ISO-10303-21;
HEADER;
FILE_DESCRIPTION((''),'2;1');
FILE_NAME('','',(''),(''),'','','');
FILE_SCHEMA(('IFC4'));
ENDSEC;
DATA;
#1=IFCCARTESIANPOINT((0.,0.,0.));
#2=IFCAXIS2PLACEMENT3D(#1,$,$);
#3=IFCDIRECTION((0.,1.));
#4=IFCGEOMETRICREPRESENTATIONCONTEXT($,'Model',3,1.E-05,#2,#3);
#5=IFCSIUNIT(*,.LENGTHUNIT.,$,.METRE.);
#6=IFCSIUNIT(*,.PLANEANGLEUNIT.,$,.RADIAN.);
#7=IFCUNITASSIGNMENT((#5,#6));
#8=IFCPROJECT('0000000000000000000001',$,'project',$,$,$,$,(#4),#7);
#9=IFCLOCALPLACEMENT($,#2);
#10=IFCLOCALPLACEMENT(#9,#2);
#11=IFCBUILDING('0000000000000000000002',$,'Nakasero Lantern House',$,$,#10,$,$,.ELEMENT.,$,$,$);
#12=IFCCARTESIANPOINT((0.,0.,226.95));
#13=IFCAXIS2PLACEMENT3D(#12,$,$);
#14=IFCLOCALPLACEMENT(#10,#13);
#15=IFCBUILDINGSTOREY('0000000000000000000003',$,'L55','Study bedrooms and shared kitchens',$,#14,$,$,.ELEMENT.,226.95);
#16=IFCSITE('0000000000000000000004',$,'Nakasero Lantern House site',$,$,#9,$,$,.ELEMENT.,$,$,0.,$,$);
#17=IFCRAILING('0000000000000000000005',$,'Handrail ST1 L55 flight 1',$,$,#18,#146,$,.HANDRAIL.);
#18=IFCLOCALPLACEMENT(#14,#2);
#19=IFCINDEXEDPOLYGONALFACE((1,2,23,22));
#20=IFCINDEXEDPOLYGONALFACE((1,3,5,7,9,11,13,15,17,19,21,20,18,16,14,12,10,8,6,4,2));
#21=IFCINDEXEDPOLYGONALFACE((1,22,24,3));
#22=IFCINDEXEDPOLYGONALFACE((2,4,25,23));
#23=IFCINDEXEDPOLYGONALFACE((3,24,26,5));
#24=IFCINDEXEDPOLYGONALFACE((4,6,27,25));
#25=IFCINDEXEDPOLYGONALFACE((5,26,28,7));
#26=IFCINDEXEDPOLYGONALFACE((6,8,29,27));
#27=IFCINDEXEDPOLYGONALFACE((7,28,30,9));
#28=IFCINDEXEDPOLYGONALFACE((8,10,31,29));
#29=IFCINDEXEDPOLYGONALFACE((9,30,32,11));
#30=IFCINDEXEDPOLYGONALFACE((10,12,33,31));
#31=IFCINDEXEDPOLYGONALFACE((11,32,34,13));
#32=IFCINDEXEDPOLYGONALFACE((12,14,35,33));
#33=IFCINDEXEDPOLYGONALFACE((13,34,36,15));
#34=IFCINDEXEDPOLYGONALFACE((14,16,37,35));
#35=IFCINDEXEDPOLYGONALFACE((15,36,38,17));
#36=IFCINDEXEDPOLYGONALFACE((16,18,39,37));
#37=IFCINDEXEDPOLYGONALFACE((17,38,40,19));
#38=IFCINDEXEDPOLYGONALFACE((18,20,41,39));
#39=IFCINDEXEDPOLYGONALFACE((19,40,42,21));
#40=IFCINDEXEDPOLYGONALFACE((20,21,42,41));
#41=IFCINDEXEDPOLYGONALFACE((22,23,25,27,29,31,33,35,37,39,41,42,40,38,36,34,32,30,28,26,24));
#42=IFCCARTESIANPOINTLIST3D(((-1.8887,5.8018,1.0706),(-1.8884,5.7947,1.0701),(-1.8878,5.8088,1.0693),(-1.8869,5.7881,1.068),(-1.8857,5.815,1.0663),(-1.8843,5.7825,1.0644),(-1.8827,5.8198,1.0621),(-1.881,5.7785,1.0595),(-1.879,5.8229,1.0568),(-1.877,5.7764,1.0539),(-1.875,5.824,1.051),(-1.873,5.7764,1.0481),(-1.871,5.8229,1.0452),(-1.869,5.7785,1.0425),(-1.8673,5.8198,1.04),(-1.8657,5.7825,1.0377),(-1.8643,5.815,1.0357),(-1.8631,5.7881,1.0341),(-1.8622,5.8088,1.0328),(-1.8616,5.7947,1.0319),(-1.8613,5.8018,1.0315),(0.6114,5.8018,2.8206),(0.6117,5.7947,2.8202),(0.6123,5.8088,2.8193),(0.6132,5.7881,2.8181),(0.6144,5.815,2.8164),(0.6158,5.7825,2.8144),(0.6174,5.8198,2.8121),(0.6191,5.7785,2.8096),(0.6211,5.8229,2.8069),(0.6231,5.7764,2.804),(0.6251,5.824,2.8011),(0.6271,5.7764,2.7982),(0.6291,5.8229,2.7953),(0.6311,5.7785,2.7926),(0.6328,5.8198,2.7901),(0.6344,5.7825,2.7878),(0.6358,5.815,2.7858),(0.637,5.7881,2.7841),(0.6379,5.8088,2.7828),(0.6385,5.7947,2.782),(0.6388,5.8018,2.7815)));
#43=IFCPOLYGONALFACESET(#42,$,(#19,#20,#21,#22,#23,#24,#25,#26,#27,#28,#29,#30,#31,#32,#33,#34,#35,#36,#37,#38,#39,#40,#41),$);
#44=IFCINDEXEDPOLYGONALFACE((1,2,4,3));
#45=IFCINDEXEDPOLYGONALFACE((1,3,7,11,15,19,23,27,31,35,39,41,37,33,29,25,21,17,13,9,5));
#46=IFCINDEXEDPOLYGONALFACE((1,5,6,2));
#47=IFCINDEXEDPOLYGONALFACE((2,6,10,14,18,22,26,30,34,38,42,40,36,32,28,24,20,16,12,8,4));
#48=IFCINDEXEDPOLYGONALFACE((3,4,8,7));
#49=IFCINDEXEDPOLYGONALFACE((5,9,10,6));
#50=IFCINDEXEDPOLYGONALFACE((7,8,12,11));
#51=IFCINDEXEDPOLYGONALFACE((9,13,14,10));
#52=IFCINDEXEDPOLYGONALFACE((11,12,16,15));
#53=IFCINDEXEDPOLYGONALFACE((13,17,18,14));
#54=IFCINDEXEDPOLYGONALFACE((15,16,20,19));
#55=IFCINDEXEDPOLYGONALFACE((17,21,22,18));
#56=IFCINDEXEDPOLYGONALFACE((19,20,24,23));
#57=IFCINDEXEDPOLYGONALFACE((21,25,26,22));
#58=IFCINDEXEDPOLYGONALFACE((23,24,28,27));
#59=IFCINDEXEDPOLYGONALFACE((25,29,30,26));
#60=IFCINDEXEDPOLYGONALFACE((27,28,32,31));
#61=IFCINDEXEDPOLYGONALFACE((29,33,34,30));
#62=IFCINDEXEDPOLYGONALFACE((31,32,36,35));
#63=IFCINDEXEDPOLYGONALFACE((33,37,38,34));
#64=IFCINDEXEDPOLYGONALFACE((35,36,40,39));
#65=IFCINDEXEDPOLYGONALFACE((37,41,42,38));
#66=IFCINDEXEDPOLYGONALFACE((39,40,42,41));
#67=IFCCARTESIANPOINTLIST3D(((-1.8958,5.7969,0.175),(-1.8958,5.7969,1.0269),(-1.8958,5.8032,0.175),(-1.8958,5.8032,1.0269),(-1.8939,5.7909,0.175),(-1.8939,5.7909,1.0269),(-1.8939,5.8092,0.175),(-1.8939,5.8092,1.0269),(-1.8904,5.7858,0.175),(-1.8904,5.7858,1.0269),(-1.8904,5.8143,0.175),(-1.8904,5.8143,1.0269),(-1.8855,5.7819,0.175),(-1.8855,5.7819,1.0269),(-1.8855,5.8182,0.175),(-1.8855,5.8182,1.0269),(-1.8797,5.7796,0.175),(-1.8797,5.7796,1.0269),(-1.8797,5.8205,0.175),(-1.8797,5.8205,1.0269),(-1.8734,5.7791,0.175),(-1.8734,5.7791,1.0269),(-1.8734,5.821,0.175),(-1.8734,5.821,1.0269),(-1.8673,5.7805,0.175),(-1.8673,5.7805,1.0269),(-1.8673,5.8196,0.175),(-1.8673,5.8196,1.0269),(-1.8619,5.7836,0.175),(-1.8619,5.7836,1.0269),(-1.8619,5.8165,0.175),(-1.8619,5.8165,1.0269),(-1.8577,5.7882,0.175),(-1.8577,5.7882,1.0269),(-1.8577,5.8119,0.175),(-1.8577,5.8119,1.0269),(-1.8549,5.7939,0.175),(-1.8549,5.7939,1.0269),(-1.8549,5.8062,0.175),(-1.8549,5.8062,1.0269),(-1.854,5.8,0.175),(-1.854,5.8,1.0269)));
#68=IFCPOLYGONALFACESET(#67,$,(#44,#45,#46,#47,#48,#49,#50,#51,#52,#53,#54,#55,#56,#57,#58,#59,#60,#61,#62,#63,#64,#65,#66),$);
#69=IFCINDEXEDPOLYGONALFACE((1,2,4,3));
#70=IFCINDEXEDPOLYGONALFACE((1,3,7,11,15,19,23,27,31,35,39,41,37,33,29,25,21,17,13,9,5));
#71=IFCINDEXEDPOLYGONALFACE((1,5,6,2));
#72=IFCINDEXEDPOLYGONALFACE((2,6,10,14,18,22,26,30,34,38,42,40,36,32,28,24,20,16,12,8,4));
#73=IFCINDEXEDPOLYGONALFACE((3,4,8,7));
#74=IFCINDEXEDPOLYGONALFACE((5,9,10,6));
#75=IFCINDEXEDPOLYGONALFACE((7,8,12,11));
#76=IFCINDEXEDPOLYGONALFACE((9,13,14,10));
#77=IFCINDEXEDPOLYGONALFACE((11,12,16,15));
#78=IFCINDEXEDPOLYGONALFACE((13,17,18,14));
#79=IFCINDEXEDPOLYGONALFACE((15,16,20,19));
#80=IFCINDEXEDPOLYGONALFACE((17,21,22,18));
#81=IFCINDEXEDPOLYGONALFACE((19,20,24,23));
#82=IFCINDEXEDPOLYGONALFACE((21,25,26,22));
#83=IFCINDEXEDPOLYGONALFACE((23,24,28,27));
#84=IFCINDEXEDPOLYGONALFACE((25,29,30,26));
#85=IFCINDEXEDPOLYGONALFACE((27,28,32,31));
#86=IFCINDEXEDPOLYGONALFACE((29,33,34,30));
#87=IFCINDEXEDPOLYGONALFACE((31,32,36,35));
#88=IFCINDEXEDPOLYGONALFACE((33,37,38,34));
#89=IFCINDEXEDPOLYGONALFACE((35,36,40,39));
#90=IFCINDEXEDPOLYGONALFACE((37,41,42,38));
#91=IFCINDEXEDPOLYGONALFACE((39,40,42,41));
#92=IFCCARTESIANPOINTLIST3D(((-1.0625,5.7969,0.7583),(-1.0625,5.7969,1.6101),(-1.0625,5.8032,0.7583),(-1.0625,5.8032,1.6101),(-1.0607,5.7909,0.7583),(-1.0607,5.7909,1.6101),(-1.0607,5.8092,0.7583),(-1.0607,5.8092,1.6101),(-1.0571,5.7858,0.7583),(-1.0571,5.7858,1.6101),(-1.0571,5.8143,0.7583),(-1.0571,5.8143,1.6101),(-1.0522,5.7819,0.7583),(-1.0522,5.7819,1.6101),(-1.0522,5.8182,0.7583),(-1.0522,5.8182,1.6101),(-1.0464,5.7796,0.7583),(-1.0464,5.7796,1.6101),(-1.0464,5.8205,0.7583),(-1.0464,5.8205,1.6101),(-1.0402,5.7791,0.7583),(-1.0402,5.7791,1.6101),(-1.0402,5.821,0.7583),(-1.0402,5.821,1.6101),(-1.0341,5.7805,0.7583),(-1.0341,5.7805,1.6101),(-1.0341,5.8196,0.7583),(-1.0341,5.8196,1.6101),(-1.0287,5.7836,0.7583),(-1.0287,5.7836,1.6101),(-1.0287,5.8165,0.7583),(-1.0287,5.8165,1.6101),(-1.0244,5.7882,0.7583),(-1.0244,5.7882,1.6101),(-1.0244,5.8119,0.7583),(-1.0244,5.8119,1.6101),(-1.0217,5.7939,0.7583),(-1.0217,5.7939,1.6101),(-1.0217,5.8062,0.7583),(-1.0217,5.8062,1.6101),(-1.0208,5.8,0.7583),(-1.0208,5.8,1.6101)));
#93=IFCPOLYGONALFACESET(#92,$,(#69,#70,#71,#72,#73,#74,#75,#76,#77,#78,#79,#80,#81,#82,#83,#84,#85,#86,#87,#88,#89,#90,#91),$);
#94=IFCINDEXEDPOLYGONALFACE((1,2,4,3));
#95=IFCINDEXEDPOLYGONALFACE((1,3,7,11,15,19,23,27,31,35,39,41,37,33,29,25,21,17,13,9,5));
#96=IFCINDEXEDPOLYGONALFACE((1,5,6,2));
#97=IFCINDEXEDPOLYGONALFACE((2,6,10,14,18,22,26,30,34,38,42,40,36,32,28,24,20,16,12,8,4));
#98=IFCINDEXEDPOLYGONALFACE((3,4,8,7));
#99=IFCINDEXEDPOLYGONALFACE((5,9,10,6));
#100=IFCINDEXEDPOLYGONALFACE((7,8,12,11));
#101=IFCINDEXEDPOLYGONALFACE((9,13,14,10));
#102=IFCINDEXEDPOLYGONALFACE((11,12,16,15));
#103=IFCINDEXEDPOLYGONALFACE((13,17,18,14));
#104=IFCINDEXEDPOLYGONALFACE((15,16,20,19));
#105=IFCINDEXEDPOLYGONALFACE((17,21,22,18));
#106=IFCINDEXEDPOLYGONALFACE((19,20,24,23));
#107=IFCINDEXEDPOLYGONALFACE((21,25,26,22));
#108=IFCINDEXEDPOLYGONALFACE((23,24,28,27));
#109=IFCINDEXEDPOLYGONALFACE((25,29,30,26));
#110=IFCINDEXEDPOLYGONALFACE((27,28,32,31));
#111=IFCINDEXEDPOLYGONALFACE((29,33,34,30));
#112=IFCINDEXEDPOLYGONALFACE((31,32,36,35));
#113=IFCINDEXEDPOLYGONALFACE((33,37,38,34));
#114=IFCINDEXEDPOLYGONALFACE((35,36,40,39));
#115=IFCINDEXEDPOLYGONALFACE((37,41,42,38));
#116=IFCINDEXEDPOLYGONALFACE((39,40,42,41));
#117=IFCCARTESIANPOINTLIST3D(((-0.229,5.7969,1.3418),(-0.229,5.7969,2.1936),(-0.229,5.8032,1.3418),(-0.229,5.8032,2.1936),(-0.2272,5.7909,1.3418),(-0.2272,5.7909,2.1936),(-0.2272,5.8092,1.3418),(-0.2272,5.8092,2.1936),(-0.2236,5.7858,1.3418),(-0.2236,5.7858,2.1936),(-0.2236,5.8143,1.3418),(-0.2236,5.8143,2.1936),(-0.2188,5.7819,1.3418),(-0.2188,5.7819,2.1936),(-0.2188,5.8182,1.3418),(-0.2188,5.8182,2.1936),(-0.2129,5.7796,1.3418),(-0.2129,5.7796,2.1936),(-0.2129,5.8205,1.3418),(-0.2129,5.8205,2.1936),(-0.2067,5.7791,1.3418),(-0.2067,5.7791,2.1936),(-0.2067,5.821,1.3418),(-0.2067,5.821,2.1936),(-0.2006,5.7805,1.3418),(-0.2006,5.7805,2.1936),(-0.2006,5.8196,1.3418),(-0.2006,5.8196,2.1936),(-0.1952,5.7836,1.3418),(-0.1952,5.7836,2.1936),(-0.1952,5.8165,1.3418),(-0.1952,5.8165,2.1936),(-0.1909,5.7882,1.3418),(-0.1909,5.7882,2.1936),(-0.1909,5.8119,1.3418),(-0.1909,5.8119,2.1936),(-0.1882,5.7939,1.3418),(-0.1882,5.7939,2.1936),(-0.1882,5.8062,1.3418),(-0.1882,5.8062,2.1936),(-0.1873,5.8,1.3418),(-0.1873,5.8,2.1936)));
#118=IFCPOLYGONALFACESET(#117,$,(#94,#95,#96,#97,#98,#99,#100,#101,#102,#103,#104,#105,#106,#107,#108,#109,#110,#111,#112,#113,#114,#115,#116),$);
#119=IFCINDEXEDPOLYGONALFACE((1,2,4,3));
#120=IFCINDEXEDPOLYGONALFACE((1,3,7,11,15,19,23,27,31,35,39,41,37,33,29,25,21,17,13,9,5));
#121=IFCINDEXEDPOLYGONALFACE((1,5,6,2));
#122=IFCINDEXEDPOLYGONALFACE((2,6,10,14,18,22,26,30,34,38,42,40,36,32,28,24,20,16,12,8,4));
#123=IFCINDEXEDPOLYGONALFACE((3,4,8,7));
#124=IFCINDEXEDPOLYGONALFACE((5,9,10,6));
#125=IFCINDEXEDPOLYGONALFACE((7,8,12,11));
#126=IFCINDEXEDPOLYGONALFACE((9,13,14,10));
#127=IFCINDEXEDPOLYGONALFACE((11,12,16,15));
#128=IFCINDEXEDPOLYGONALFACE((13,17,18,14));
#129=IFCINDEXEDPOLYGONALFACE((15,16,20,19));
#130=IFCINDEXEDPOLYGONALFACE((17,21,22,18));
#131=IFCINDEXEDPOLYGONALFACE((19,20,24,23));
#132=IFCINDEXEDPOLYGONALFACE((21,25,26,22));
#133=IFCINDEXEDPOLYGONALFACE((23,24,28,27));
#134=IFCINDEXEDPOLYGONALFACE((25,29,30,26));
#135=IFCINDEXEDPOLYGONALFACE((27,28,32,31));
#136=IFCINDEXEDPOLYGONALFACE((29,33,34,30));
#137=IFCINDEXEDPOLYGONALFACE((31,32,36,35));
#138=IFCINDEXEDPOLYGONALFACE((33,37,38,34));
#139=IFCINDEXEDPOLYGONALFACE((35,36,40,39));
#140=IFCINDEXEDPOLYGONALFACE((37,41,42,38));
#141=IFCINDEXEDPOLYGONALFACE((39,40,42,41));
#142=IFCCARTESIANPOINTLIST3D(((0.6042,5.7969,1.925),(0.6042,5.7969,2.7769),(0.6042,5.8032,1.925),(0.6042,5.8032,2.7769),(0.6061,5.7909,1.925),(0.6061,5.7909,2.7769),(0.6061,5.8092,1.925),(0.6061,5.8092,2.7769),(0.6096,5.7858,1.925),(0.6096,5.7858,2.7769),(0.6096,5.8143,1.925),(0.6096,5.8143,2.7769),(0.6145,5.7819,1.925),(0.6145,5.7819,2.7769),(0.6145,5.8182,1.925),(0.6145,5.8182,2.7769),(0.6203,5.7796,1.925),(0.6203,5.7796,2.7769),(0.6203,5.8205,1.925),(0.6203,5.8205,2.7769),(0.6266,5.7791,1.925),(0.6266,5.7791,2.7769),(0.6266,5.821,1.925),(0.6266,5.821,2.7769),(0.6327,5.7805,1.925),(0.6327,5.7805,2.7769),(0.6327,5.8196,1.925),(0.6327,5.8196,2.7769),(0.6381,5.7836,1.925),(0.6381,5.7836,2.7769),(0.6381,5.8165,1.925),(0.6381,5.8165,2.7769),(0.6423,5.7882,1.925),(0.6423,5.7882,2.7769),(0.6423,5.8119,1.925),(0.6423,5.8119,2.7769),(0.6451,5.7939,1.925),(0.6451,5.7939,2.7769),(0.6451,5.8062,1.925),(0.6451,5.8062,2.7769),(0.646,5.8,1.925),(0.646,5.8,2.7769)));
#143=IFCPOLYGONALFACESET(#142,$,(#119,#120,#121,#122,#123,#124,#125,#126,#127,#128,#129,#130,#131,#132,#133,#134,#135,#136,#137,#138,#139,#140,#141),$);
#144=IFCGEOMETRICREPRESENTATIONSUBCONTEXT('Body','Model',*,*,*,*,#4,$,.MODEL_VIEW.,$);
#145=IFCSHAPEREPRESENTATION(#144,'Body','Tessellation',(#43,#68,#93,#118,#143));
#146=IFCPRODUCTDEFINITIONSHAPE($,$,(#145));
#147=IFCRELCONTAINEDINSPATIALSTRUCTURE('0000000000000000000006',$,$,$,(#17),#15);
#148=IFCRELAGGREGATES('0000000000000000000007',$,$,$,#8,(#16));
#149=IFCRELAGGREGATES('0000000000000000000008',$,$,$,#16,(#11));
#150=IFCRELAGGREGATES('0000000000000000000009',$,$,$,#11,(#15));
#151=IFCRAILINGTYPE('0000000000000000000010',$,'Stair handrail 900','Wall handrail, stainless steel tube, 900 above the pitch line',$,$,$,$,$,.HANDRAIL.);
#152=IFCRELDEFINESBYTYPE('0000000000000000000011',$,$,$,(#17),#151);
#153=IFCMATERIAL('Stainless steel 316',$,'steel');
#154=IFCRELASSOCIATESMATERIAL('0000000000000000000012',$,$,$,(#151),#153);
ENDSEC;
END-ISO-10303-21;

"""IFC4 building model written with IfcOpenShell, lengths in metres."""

from ifc_helpers import new_model, si_unit, direction, frame, origin, origin_2d, place, context, subcontext, project, spatial, circle, extrude, material, type_object, element, save


model = new_model("IFC4")

# Units and contexts
model_context = context("Model", 3, precision=1e-05, world=origin(), true_north=direction((0.0, 1.0)))
body_context = subcontext(model_context, "Body", "Model", "MODEL_VIEW")
ifc_project = project(units=[si_unit("LENGTHUNIT", "METRE"), si_unit("PLANEANGLEUNIT", "RADIAN")], contexts=[model_context])

# Site, building, storey
site_placement = place(None, origin())
site = spatial("IfcSite", under=ifc_project, at=site_placement, Name="Nakasero Lantern House site", CompositionType="ELEMENT", RefElevation=0.0)
building_placement = place(site_placement, origin())
building = spatial("IfcBuilding", under=site, at=building_placement, Name="Nakasero Lantern House", CompositionType="ELEMENT")
storey_placement = place(building_placement, frame((0.0, 0.0, 226.95)))
storey = spatial("IfcBuildingStorey", under=building, at=storey_placement, Name="L55", Description="Study bedrooms and shared kitchens", CompositionType="ELEMENT", Elevation=226.95)

# Railing
ifc_material_1 = material(Name="Stainless steel 316", Category="steel")
railing_type = type_object("IfcRailingType", Name="Stair handrail 900", Description="Wall handrail, stainless steel tube, 900 above the pitch line", PredefinedType="HANDRAIL", material=ifc_material_1)
railing_placement = place(storey_placement, frame((-1.875, 5.8, 0.175)))
element("IfcRailing", 1, at=railing_placement, inside=storey, type_object=railing_type, Name="Handrail ST1 L55 flight 1", PredefinedType="HANDRAIL", context=body_context, shape_type="SweptSolid", body=[
    extrude(circle(Radius=0.0239, at=origin_2d()), frame((0.0, 0.0, 0.876), z_axis=(0.819232, 0.0, 0.573462), x_axis=(0.0, 1.0, 0.0)), (0.0, 0.0, 1.0), 3.0518),
    extrude(circle(Radius=0.021, at=origin_2d()), origin(), (0.0, 0.0, 1.0), 0.8518),
    extrude(circle(Radius=0.021, at=origin_2d()), frame((0.8333, 0.0, 0.5833)), (0.0, 0.0, 1.0), 0.8518),
    extrude(circle(Radius=0.021, at=origin_2d()), frame((1.6667, 0.0, 1.1667)), (0.0, 0.0, 1.0), 0.8518),
    extrude(circle(Radius=0.021, at=origin_2d()), frame((2.5, 0.0, 1.75)), (0.0, 0.0, 1.0), 0.8518),
])

save(model, "model.ifc")
